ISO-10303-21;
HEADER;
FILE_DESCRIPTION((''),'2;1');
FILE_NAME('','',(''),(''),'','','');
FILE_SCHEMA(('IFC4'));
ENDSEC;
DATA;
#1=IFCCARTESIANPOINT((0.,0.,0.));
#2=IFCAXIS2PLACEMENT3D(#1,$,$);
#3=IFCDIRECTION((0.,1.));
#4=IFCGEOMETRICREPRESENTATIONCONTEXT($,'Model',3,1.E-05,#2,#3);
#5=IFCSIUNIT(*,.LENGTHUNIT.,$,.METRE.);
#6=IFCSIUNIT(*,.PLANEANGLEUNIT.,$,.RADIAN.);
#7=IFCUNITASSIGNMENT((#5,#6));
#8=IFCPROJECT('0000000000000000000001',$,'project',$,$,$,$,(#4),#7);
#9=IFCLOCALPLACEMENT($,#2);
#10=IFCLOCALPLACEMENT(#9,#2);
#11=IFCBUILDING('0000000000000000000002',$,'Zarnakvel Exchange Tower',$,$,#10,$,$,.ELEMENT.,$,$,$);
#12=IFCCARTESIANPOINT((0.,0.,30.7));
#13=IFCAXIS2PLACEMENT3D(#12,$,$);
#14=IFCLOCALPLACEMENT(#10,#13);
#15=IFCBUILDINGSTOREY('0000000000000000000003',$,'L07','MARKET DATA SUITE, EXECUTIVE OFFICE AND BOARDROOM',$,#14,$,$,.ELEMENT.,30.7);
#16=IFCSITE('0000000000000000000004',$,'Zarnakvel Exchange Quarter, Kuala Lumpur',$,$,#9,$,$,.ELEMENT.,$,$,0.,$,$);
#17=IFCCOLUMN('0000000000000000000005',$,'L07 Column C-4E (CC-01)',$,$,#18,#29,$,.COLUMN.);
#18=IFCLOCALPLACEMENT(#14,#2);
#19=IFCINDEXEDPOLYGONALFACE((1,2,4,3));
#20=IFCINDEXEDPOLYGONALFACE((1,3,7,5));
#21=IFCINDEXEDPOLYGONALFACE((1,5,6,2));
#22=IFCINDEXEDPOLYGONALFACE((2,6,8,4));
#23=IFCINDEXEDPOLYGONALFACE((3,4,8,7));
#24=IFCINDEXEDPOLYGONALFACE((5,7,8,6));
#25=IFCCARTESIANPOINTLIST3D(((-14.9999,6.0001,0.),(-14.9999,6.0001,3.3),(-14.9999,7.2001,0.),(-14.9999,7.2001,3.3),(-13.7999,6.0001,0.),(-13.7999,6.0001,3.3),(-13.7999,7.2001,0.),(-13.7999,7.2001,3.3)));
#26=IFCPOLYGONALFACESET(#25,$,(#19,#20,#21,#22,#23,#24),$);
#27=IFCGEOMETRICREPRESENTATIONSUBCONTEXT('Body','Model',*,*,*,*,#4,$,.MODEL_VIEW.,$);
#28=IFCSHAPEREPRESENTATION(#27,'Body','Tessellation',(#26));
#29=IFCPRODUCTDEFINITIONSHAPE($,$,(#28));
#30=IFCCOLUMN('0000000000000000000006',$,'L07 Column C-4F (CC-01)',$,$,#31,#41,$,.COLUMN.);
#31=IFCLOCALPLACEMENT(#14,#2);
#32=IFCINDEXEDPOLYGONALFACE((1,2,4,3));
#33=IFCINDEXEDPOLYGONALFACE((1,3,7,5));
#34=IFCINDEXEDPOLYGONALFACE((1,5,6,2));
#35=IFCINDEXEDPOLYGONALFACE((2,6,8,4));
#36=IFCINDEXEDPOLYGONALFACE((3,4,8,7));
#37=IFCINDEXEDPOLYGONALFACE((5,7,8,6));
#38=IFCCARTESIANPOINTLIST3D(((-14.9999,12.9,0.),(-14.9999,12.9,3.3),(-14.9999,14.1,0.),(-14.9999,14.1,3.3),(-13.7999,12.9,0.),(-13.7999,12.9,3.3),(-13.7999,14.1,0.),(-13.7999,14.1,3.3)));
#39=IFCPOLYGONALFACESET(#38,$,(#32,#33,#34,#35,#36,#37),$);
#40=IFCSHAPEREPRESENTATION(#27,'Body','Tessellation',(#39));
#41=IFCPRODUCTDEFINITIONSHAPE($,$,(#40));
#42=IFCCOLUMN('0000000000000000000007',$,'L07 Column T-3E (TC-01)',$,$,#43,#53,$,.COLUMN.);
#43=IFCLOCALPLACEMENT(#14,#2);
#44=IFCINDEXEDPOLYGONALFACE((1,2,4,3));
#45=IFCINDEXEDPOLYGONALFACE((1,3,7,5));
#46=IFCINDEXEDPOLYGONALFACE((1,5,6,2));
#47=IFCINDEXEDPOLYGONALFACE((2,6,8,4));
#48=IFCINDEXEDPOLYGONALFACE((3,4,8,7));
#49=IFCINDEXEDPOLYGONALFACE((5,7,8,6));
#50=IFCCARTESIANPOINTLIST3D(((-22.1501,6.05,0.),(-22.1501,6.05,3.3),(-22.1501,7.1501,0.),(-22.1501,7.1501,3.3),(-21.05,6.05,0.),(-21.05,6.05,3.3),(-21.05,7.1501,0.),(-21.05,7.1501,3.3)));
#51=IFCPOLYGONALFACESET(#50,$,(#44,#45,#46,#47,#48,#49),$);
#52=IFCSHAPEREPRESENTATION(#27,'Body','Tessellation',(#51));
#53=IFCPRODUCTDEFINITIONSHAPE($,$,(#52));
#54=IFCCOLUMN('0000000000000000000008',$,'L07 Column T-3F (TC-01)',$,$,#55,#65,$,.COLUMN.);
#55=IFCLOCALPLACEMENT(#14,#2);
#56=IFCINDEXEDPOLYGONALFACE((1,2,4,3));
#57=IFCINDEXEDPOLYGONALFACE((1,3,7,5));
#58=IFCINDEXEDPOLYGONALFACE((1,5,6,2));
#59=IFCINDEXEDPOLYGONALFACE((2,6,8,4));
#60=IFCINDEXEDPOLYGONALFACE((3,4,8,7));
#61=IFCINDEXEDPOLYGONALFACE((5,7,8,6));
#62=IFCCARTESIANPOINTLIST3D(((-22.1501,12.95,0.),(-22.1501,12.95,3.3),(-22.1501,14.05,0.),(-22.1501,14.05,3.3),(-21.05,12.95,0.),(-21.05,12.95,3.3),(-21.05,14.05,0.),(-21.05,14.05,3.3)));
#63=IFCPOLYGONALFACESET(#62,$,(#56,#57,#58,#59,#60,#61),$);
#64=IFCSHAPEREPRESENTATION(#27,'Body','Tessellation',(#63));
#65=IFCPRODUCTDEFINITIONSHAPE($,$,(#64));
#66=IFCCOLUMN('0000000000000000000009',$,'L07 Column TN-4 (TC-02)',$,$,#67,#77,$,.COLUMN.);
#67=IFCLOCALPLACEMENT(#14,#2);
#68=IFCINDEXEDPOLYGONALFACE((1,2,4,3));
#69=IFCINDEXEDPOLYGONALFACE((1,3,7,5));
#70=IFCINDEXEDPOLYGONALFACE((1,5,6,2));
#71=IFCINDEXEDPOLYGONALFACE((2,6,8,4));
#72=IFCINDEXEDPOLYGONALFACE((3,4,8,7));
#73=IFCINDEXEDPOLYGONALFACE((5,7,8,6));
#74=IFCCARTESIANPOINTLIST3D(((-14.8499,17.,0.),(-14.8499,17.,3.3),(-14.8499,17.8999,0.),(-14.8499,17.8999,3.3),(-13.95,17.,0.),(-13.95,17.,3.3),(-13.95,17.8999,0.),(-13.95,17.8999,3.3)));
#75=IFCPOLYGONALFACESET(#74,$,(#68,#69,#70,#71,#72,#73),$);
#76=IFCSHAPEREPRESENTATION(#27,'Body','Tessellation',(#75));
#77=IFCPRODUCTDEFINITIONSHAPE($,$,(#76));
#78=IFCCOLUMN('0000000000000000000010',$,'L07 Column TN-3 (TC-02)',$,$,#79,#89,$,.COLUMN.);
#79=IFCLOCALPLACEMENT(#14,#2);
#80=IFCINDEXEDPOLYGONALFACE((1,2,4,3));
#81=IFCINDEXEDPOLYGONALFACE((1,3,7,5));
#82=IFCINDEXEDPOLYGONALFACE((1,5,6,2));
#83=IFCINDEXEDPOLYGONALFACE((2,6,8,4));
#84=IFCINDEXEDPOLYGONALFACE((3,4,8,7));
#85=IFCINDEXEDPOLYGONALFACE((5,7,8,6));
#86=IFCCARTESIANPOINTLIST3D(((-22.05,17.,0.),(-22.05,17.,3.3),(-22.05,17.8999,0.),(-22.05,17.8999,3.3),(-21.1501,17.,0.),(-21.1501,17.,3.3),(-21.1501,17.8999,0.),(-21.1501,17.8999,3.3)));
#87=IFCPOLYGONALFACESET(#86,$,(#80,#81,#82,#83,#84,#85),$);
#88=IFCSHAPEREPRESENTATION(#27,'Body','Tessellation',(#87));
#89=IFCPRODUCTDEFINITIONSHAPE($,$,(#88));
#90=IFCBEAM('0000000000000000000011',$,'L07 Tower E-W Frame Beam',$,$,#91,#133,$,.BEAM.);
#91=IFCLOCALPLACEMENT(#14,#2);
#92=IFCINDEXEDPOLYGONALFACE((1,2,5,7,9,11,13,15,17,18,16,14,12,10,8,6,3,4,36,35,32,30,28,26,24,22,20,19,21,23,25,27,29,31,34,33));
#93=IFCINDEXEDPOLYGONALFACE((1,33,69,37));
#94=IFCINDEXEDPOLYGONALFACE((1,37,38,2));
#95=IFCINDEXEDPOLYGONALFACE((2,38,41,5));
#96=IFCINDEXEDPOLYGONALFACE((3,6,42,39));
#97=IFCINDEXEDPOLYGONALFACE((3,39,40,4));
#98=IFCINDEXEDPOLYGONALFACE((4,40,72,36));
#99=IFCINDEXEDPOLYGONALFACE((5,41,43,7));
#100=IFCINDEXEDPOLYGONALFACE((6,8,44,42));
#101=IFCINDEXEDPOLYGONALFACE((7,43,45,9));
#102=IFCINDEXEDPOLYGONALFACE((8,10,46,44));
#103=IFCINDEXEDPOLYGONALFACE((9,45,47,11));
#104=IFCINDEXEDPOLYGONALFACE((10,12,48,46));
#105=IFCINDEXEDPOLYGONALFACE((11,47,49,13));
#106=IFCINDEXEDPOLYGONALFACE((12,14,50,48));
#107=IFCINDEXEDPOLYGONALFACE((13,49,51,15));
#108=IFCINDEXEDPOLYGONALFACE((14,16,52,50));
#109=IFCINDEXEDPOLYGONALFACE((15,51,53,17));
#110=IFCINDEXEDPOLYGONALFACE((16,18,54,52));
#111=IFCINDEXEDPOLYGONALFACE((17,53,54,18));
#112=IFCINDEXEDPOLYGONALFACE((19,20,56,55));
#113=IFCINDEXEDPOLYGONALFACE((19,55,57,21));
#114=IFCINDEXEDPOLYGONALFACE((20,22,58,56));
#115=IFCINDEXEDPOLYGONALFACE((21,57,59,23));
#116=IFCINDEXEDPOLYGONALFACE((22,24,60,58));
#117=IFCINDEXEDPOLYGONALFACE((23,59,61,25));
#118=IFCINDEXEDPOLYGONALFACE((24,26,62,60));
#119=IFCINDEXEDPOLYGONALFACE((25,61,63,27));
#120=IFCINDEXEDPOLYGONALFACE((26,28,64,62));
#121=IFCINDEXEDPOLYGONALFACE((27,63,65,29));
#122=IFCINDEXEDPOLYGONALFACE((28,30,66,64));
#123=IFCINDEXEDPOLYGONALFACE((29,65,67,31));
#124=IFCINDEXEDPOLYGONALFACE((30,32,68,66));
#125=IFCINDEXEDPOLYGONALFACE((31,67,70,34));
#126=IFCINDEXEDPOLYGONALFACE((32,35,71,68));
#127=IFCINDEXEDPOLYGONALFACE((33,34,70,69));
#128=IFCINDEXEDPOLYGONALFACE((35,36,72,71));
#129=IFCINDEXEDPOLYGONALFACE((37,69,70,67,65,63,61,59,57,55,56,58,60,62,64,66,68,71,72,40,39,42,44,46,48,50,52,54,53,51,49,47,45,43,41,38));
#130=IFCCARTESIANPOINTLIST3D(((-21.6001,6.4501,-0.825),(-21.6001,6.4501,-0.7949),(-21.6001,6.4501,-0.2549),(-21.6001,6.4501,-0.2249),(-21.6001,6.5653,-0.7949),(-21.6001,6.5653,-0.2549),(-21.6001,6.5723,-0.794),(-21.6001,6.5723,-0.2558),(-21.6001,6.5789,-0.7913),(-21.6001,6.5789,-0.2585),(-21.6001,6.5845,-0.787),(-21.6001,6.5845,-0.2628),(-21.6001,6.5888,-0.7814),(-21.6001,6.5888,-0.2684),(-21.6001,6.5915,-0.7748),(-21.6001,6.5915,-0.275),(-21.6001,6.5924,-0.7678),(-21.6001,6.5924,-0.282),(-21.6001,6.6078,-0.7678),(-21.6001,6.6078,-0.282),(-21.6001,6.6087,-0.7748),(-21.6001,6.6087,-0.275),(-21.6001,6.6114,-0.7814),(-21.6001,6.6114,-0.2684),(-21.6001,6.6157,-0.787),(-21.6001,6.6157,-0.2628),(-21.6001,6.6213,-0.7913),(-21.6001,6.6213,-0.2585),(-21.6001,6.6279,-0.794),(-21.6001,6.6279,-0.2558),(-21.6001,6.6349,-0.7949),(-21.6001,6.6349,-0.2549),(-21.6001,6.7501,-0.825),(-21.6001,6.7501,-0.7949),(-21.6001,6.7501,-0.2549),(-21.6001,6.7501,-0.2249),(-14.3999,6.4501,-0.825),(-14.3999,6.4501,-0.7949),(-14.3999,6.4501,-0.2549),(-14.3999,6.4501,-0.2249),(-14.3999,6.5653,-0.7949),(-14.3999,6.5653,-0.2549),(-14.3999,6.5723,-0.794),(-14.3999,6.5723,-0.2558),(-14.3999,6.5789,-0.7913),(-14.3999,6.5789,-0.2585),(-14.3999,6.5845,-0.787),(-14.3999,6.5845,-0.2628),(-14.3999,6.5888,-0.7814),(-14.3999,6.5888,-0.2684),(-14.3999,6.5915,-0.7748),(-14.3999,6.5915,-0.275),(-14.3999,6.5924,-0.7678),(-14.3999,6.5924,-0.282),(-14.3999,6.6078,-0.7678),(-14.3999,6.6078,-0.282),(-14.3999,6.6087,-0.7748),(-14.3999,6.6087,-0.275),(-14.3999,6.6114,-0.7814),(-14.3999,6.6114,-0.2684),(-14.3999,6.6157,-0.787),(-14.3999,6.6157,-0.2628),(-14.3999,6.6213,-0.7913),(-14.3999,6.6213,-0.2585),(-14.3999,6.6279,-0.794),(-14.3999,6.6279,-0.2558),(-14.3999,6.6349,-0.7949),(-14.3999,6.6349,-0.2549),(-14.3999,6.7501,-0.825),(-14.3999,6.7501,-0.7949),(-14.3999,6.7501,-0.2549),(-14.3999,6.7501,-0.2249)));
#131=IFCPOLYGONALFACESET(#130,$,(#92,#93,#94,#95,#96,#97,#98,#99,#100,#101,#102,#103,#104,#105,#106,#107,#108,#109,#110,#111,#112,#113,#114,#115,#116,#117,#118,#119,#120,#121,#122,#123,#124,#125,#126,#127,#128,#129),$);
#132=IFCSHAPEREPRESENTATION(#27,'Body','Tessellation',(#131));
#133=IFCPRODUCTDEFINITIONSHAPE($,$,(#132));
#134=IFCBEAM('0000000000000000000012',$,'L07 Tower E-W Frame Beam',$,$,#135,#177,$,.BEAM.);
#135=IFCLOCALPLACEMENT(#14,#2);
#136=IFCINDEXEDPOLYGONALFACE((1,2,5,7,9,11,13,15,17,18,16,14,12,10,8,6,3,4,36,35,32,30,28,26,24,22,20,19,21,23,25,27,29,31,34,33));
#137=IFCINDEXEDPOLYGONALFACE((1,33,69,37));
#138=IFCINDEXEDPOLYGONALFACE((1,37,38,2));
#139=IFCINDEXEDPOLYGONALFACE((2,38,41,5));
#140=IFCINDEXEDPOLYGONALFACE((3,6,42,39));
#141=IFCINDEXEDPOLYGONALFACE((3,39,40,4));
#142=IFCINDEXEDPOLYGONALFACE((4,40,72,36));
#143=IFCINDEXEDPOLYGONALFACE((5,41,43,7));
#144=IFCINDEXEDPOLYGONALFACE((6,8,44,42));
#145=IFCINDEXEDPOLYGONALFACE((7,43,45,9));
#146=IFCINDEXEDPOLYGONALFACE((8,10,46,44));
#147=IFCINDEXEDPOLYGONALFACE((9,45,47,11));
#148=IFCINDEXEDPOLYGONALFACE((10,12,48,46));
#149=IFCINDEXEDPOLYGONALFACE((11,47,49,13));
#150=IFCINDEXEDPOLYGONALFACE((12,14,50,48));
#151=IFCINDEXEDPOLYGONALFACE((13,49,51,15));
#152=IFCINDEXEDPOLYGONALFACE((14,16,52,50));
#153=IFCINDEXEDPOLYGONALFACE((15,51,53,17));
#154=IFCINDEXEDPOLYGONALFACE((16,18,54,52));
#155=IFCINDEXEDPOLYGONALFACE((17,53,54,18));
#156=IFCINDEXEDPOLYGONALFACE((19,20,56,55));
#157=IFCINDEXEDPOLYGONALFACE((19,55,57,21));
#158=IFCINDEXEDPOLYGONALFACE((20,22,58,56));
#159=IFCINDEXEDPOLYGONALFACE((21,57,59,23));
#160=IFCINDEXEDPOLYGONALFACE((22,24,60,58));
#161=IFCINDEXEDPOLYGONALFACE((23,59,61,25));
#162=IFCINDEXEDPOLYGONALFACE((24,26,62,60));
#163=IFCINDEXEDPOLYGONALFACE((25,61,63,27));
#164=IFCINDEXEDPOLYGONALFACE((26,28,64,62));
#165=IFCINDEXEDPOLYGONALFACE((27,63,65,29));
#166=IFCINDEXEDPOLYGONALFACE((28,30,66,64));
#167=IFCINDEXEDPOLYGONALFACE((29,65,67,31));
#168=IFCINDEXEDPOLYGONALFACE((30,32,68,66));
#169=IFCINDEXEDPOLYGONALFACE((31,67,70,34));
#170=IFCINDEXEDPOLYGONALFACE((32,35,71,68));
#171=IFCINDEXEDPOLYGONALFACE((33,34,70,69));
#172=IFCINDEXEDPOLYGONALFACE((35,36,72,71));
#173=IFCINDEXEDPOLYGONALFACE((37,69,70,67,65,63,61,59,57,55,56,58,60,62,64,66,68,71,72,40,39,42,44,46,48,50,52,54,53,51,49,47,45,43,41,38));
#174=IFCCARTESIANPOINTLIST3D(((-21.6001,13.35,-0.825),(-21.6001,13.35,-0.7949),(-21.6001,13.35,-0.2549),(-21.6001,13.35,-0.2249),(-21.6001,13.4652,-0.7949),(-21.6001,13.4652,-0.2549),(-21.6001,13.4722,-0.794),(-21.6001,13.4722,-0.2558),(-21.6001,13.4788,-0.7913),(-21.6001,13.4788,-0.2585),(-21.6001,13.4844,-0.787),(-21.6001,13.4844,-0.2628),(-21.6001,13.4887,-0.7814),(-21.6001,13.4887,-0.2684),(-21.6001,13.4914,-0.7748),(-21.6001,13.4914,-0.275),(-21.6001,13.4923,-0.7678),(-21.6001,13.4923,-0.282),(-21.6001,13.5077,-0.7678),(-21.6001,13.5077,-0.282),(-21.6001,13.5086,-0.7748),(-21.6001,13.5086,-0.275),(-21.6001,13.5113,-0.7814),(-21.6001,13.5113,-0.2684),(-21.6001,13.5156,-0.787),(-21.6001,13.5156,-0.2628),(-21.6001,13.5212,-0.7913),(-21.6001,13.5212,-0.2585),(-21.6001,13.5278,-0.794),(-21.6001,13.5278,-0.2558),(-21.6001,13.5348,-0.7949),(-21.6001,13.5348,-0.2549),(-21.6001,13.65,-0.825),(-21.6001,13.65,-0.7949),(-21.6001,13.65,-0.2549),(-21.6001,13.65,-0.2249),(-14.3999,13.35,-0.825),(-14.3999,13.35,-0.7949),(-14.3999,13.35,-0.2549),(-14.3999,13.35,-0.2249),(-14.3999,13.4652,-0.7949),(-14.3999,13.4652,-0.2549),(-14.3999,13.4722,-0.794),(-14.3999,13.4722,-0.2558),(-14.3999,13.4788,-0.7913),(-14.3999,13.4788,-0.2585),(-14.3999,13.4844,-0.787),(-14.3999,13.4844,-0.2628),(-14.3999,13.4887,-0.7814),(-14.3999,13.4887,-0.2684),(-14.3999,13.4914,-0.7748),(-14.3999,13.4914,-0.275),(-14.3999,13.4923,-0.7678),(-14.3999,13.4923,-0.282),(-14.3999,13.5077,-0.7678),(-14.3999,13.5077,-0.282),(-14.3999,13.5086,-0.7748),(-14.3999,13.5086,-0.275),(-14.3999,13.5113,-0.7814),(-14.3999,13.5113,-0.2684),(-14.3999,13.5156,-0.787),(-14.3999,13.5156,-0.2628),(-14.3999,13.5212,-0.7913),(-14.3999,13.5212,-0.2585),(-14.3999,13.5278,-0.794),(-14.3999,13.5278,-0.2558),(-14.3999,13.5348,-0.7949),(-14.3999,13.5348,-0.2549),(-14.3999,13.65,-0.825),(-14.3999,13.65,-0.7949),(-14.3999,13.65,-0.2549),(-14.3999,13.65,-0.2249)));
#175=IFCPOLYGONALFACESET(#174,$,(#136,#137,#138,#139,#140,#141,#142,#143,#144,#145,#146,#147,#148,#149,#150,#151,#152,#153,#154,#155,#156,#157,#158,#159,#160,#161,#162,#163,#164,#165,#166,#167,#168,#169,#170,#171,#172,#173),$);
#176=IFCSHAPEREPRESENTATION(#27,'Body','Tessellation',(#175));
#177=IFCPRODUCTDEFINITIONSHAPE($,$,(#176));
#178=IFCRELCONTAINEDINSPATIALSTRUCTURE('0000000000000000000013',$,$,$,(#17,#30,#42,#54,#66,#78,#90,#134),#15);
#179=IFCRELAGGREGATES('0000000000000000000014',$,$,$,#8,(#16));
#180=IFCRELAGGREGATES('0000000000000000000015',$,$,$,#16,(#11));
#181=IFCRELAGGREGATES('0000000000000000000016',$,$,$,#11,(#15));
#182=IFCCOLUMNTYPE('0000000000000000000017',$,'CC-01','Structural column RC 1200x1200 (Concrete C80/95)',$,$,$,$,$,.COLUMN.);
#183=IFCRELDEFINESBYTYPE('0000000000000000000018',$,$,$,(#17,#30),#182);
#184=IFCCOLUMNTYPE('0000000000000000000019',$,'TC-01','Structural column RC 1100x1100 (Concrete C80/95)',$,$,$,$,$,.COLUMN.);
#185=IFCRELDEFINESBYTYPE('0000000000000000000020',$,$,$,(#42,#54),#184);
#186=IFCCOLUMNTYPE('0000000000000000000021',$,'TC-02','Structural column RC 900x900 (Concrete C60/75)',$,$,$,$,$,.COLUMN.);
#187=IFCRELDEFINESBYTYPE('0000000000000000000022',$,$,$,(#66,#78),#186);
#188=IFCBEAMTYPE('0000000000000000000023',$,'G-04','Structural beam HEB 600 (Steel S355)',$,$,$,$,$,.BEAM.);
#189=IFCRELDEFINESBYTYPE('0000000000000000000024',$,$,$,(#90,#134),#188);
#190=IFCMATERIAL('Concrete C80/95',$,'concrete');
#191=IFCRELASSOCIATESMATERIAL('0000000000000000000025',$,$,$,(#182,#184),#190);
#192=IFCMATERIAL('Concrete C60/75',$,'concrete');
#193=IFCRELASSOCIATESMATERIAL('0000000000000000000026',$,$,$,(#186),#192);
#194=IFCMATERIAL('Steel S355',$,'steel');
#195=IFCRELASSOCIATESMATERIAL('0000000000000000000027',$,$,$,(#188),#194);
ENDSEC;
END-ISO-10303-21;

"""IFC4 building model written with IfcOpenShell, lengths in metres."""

from ifc_helpers import new_model, si_unit, direction, frame, origin, origin_2d, place, context, subcontext, project, spatial, rectangle, i_section, extrude, material, material_profile, profile_set, type_object, element, save


model = new_model("IFC4")

# Units and contexts
model_context = context("Model", 3, precision=1e-05, world=origin(), true_north=direction((0.0, 1.0)))
body_context = subcontext(model_context, "Body", "Model", "MODEL_VIEW")
ifc_project = project(units=[si_unit("LENGTHUNIT", "METRE"), si_unit("PLANEANGLEUNIT", "RADIAN")], contexts=[model_context])

# Site, building, storey
site_placement = place(None, origin())
site = spatial("IfcSite", under=ifc_project, at=site_placement, Name="Zarnakvel Exchange Quarter, Kuala Lumpur", CompositionType="ELEMENT", RefElevation=0.0)
building_placement = place(site_placement, origin())
building = spatial("IfcBuilding", under=site, at=building_placement, Name="Zarnakvel Exchange Tower", CompositionType="ELEMENT")
storey_placement = place(building_placement, frame((0.0, 0.0, 30.7)))
storey = spatial("IfcBuildingStorey", under=building, at=storey_placement, Name="L07", Description="MARKET DATA SUITE, EXECUTIVE OFFICE AND BOARDROOM", CompositionType="ELEMENT", Elevation=30.7)

# Columns
ifc_material_1 = material(Name="Concrete C80/95", Category="concrete")
ifc_material_profile_1 = material_profile(ifc_material_1, rectangle(XDim=1.2, YDim=1.2, at=origin_2d()))
ifc_profile_set_1 = profile_set([ifc_material_profile_1], Name="Concrete C80/95")
column_type_1 = type_object("IfcColumnType", Name="CC-01", Description="Structural column RC 1200x1200 (Concrete C80/95)", PredefinedType="COLUMN", material=ifc_profile_set_1)
for number, where, z_axis, x_axis, name in (
    (1, (-14.3999, 6.6001, 0.0), (0.0, 0.0, 1.0), (1.0, 0.0, 0.0), "L07 Column C-4E (CC-01)"),
    (2, (-14.3999, 13.5, 0.0), (0.0, 0.0, 1.0), (1.0, 0.0, 0.0), "L07 Column C-4F (CC-01)"),
):
    element("IfcColumn", number, at=place(storey_placement, frame(where, z_axis=z_axis, x_axis=x_axis)), inside=storey, type_object=column_type_1, Name=name, PredefinedType="COLUMN", context=body_context, shape_type="SweptSolid", body=[
        extrude(rectangle(XDim=1.2, YDim=1.2, at=origin_2d()), origin(), (0.0, 0.0, 1.0), 3.3),
    ])
ifc_material_profile_2 = material_profile(ifc_material_1, rectangle(XDim=1.1001, YDim=1.1001, at=origin_2d()))
ifc_profile_set_2 = profile_set([ifc_material_profile_2], Name="Concrete C80/95")
column_type_2 = type_object("IfcColumnType", Name="TC-01", Description="Structural column RC 1100x1100 (Concrete C80/95)", PredefinedType="COLUMN", material=ifc_profile_set_2)
for number, where, z_axis, x_axis, name in (
    (3, (-21.6001, 6.6001, 0.0), (0.0, 0.0, 1.0), (1.0, 0.0, 0.0), "L07 Column T-3E (TC-01)"),
    (4, (-21.6001, 13.5, 0.0), (0.0, 0.0, 1.0), (1.0, 0.0, 0.0), "L07 Column T-3F (TC-01)"),
):
    element("IfcColumn", number, at=place(storey_placement, frame(where, z_axis=z_axis, x_axis=x_axis)), inside=storey, type_object=column_type_2, Name=name, PredefinedType="COLUMN", context=body_context, shape_type="SweptSolid", body=[
        extrude(rectangle(XDim=1.1001, YDim=1.1001, at=origin_2d()), origin(), (0.0, 0.0, 1.0), 3.3),
    ])
ifc_material_2 = material(Name="Concrete C60/75", Category="concrete")
ifc_material_profile_3 = material_profile(ifc_material_2, rectangle(XDim=0.8999, YDim=0.8999, at=origin_2d()))
ifc_profile_set_3 = profile_set([ifc_material_profile_3], Name="Concrete C60/75")
column_type_3 = type_object("IfcColumnType", Name="TC-02", Description="Structural column RC 900x900 (Concrete C60/75)", PredefinedType="COLUMN", material=ifc_profile_set_3)
for number, where, z_axis, x_axis, name in (
    (5, (-14.3999, 17.45, 0.0), (0.0, 0.0, 1.0), (1.0, 0.0, 0.0), "L07 Column TN-4 (TC-02)"),
    (6, (-21.6001, 17.45, 0.0), (0.0, 0.0, 1.0), (1.0, 0.0, 0.0), "L07 Column TN-3 (TC-02)"),
):
    element("IfcColumn", number, at=place(storey_placement, frame(where, z_axis=z_axis, x_axis=x_axis)), inside=storey, type_object=column_type_3, Name=name, PredefinedType="COLUMN", context=body_context, shape_type="SweptSolid", body=[
        extrude(rectangle(XDim=0.8999, YDim=0.8999, at=origin_2d()), origin(), (0.0, 0.0, 1.0), 3.3),
    ])

# Beams
ifc_material_3 = material(Name="Steel S355", Category="steel")
ifc_material_profile_4 = material_profile(ifc_material_3, i_section(OverallWidth=0.3, OverallDepth=0.6001, WebThickness=0.0154, FlangeThickness=0.03, FilletRadius=0.0271, at=origin_2d()))
ifc_profile_set_4 = profile_set([ifc_material_profile_4], Name="Steel S355")
beam_type_1 = type_object("IfcBeamType", Name="G-04", Description="Structural beam HEB 600 (Steel S355)", PredefinedType="BEAM", material=ifc_profile_set_4)
for number, where, z_axis, x_axis, name in (
    (7, (-21.6001, 6.6001, -0.5249), (1.0, 0.0, 0.0), (0.0, 1.0, 0.0), "L07 Tower E-W Frame Beam"),
    (8, (-21.6001, 13.5, -0.5249), (1.0, 0.0, 0.0), (0.0, 1.0, 0.0), "L07 Tower E-W Frame Beam"),
):
    element("IfcBeam", number, at=place(storey_placement, frame(where, z_axis=z_axis, x_axis=x_axis)), inside=storey, type_object=beam_type_1, Name=name, PredefinedType="BEAM", context=body_context, shape_type="SweptSolid", body=[
        extrude(i_section(OverallWidth=0.3, OverallDepth=0.6001, WebThickness=0.0154, FlangeThickness=0.03, FilletRadius=0.0271, at=origin_2d()), origin(), (0.0, 0.0, 1.0), 7.2002),
    ])

save(model, "model.ifc")
